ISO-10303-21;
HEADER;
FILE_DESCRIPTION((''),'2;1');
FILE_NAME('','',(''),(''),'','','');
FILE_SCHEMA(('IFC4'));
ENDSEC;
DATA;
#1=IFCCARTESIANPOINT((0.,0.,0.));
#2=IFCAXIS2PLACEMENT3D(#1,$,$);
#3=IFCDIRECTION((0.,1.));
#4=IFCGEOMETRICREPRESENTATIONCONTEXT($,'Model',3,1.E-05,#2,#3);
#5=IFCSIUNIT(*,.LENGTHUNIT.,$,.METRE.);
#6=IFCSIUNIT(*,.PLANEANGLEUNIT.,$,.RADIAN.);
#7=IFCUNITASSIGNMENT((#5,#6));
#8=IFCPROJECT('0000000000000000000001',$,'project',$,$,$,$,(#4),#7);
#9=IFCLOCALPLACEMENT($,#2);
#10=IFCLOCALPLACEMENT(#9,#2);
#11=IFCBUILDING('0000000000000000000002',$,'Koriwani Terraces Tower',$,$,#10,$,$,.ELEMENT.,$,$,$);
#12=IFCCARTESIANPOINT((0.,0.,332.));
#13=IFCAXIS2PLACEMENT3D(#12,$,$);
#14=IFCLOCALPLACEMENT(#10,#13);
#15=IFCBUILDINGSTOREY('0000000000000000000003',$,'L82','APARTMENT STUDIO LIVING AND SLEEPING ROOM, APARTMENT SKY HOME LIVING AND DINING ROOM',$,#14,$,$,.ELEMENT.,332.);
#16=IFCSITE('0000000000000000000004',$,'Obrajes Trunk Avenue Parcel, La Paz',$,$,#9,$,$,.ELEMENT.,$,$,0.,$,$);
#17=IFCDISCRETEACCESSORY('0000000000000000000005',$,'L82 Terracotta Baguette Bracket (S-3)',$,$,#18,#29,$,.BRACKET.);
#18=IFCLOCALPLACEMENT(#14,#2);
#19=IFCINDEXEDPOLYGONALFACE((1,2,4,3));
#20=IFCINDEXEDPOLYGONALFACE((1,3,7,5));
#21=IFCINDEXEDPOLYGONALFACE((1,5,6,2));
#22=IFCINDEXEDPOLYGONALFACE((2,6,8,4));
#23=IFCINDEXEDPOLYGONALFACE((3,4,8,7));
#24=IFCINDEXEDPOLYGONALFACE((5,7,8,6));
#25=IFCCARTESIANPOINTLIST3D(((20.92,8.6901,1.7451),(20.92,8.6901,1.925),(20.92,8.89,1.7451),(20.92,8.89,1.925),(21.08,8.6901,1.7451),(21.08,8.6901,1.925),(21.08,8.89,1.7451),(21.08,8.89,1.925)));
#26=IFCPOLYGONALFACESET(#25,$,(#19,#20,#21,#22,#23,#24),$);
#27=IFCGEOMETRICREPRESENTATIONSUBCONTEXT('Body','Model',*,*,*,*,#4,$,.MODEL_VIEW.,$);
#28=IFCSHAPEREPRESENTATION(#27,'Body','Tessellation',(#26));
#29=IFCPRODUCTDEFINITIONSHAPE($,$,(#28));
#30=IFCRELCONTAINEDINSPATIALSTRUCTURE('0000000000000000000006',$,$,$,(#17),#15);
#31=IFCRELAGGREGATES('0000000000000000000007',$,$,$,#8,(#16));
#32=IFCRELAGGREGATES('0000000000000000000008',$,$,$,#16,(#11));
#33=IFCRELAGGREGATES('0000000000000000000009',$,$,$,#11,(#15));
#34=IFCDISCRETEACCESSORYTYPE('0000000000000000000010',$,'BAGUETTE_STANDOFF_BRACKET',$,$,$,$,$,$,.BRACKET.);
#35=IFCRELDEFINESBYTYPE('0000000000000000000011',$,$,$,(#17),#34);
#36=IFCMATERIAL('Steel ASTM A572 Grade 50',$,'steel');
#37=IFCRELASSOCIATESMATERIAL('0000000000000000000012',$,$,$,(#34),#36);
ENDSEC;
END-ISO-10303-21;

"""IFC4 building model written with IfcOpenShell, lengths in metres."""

from ifc_helpers import new_model, si_unit, direction, frame, origin, origin_2d, place, context, subcontext, project, spatial, rectangle, extrude, material, type_object, element, save


model = new_model("IFC4")

# Units and contexts
model_context = context("Model", 3, precision=1e-05, world=origin(), true_north=direction((0.0, 1.0)))
body_context = subcontext(model_context, "Body", "Model", "MODEL_VIEW")
ifc_project = project(units=[si_unit("LENGTHUNIT", "METRE"), si_unit("PLANEANGLEUNIT", "RADIAN")], contexts=[model_context])

# Site, building, storey
site_placement = place(None, origin())
site = spatial("IfcSite", under=ifc_project, at=site_placement, Name="Obrajes Trunk Avenue Parcel, La Paz", CompositionType="ELEMENT", RefElevation=0.0)
building_placement = place(site_placement, origin())
building = spatial("IfcBuilding", under=site, at=building_placement, Name="Koriwani Terraces Tower", CompositionType="ELEMENT")
storey_placement = place(building_placement, frame((0.0, 0.0, 332.0)))
storey = spatial("IfcBuildingStorey", under=building, at=storey_placement, Name="L82", Description="APARTMENT STUDIO LIVING AND SLEEPING ROOM, APARTMENT SKY HOME LIVING AND DINING ROOM", CompositionType="ELEMENT", Elevation=332.0)

# Shared definitions
ifc_material_1 = material(Name="Steel ASTM A572 Grade 50", Category="steel")

# Discrete accessory
discrete_accessory_type = type_object("IfcDiscreteAccessoryType", Name="BAGUETTE_STANDOFF_BRACKET", PredefinedType="BRACKET", material=ifc_material_1)
discrete_accessory_placement = place(storey_placement, frame((21.0, 8.79, 1.7451), z_axis=(0.0, 0.0, 1.0), x_axis=(-1.0, 0.0, 0.0)))
element("IfcDiscreteAccessory", 1, at=discrete_accessory_placement, inside=storey, type_object=discrete_accessory_type, Name="L82 Terracotta Baguette Bracket (S-3)", PredefinedType="BRACKET", context=body_context, shape_type="SweptSolid", body=[
    extrude(rectangle(XDim=0.1599, YDim=0.2, at=origin_2d()), origin(), (0.0, 0.0, 1.0), 0.1799),
])

save(model, "model.ifc")
